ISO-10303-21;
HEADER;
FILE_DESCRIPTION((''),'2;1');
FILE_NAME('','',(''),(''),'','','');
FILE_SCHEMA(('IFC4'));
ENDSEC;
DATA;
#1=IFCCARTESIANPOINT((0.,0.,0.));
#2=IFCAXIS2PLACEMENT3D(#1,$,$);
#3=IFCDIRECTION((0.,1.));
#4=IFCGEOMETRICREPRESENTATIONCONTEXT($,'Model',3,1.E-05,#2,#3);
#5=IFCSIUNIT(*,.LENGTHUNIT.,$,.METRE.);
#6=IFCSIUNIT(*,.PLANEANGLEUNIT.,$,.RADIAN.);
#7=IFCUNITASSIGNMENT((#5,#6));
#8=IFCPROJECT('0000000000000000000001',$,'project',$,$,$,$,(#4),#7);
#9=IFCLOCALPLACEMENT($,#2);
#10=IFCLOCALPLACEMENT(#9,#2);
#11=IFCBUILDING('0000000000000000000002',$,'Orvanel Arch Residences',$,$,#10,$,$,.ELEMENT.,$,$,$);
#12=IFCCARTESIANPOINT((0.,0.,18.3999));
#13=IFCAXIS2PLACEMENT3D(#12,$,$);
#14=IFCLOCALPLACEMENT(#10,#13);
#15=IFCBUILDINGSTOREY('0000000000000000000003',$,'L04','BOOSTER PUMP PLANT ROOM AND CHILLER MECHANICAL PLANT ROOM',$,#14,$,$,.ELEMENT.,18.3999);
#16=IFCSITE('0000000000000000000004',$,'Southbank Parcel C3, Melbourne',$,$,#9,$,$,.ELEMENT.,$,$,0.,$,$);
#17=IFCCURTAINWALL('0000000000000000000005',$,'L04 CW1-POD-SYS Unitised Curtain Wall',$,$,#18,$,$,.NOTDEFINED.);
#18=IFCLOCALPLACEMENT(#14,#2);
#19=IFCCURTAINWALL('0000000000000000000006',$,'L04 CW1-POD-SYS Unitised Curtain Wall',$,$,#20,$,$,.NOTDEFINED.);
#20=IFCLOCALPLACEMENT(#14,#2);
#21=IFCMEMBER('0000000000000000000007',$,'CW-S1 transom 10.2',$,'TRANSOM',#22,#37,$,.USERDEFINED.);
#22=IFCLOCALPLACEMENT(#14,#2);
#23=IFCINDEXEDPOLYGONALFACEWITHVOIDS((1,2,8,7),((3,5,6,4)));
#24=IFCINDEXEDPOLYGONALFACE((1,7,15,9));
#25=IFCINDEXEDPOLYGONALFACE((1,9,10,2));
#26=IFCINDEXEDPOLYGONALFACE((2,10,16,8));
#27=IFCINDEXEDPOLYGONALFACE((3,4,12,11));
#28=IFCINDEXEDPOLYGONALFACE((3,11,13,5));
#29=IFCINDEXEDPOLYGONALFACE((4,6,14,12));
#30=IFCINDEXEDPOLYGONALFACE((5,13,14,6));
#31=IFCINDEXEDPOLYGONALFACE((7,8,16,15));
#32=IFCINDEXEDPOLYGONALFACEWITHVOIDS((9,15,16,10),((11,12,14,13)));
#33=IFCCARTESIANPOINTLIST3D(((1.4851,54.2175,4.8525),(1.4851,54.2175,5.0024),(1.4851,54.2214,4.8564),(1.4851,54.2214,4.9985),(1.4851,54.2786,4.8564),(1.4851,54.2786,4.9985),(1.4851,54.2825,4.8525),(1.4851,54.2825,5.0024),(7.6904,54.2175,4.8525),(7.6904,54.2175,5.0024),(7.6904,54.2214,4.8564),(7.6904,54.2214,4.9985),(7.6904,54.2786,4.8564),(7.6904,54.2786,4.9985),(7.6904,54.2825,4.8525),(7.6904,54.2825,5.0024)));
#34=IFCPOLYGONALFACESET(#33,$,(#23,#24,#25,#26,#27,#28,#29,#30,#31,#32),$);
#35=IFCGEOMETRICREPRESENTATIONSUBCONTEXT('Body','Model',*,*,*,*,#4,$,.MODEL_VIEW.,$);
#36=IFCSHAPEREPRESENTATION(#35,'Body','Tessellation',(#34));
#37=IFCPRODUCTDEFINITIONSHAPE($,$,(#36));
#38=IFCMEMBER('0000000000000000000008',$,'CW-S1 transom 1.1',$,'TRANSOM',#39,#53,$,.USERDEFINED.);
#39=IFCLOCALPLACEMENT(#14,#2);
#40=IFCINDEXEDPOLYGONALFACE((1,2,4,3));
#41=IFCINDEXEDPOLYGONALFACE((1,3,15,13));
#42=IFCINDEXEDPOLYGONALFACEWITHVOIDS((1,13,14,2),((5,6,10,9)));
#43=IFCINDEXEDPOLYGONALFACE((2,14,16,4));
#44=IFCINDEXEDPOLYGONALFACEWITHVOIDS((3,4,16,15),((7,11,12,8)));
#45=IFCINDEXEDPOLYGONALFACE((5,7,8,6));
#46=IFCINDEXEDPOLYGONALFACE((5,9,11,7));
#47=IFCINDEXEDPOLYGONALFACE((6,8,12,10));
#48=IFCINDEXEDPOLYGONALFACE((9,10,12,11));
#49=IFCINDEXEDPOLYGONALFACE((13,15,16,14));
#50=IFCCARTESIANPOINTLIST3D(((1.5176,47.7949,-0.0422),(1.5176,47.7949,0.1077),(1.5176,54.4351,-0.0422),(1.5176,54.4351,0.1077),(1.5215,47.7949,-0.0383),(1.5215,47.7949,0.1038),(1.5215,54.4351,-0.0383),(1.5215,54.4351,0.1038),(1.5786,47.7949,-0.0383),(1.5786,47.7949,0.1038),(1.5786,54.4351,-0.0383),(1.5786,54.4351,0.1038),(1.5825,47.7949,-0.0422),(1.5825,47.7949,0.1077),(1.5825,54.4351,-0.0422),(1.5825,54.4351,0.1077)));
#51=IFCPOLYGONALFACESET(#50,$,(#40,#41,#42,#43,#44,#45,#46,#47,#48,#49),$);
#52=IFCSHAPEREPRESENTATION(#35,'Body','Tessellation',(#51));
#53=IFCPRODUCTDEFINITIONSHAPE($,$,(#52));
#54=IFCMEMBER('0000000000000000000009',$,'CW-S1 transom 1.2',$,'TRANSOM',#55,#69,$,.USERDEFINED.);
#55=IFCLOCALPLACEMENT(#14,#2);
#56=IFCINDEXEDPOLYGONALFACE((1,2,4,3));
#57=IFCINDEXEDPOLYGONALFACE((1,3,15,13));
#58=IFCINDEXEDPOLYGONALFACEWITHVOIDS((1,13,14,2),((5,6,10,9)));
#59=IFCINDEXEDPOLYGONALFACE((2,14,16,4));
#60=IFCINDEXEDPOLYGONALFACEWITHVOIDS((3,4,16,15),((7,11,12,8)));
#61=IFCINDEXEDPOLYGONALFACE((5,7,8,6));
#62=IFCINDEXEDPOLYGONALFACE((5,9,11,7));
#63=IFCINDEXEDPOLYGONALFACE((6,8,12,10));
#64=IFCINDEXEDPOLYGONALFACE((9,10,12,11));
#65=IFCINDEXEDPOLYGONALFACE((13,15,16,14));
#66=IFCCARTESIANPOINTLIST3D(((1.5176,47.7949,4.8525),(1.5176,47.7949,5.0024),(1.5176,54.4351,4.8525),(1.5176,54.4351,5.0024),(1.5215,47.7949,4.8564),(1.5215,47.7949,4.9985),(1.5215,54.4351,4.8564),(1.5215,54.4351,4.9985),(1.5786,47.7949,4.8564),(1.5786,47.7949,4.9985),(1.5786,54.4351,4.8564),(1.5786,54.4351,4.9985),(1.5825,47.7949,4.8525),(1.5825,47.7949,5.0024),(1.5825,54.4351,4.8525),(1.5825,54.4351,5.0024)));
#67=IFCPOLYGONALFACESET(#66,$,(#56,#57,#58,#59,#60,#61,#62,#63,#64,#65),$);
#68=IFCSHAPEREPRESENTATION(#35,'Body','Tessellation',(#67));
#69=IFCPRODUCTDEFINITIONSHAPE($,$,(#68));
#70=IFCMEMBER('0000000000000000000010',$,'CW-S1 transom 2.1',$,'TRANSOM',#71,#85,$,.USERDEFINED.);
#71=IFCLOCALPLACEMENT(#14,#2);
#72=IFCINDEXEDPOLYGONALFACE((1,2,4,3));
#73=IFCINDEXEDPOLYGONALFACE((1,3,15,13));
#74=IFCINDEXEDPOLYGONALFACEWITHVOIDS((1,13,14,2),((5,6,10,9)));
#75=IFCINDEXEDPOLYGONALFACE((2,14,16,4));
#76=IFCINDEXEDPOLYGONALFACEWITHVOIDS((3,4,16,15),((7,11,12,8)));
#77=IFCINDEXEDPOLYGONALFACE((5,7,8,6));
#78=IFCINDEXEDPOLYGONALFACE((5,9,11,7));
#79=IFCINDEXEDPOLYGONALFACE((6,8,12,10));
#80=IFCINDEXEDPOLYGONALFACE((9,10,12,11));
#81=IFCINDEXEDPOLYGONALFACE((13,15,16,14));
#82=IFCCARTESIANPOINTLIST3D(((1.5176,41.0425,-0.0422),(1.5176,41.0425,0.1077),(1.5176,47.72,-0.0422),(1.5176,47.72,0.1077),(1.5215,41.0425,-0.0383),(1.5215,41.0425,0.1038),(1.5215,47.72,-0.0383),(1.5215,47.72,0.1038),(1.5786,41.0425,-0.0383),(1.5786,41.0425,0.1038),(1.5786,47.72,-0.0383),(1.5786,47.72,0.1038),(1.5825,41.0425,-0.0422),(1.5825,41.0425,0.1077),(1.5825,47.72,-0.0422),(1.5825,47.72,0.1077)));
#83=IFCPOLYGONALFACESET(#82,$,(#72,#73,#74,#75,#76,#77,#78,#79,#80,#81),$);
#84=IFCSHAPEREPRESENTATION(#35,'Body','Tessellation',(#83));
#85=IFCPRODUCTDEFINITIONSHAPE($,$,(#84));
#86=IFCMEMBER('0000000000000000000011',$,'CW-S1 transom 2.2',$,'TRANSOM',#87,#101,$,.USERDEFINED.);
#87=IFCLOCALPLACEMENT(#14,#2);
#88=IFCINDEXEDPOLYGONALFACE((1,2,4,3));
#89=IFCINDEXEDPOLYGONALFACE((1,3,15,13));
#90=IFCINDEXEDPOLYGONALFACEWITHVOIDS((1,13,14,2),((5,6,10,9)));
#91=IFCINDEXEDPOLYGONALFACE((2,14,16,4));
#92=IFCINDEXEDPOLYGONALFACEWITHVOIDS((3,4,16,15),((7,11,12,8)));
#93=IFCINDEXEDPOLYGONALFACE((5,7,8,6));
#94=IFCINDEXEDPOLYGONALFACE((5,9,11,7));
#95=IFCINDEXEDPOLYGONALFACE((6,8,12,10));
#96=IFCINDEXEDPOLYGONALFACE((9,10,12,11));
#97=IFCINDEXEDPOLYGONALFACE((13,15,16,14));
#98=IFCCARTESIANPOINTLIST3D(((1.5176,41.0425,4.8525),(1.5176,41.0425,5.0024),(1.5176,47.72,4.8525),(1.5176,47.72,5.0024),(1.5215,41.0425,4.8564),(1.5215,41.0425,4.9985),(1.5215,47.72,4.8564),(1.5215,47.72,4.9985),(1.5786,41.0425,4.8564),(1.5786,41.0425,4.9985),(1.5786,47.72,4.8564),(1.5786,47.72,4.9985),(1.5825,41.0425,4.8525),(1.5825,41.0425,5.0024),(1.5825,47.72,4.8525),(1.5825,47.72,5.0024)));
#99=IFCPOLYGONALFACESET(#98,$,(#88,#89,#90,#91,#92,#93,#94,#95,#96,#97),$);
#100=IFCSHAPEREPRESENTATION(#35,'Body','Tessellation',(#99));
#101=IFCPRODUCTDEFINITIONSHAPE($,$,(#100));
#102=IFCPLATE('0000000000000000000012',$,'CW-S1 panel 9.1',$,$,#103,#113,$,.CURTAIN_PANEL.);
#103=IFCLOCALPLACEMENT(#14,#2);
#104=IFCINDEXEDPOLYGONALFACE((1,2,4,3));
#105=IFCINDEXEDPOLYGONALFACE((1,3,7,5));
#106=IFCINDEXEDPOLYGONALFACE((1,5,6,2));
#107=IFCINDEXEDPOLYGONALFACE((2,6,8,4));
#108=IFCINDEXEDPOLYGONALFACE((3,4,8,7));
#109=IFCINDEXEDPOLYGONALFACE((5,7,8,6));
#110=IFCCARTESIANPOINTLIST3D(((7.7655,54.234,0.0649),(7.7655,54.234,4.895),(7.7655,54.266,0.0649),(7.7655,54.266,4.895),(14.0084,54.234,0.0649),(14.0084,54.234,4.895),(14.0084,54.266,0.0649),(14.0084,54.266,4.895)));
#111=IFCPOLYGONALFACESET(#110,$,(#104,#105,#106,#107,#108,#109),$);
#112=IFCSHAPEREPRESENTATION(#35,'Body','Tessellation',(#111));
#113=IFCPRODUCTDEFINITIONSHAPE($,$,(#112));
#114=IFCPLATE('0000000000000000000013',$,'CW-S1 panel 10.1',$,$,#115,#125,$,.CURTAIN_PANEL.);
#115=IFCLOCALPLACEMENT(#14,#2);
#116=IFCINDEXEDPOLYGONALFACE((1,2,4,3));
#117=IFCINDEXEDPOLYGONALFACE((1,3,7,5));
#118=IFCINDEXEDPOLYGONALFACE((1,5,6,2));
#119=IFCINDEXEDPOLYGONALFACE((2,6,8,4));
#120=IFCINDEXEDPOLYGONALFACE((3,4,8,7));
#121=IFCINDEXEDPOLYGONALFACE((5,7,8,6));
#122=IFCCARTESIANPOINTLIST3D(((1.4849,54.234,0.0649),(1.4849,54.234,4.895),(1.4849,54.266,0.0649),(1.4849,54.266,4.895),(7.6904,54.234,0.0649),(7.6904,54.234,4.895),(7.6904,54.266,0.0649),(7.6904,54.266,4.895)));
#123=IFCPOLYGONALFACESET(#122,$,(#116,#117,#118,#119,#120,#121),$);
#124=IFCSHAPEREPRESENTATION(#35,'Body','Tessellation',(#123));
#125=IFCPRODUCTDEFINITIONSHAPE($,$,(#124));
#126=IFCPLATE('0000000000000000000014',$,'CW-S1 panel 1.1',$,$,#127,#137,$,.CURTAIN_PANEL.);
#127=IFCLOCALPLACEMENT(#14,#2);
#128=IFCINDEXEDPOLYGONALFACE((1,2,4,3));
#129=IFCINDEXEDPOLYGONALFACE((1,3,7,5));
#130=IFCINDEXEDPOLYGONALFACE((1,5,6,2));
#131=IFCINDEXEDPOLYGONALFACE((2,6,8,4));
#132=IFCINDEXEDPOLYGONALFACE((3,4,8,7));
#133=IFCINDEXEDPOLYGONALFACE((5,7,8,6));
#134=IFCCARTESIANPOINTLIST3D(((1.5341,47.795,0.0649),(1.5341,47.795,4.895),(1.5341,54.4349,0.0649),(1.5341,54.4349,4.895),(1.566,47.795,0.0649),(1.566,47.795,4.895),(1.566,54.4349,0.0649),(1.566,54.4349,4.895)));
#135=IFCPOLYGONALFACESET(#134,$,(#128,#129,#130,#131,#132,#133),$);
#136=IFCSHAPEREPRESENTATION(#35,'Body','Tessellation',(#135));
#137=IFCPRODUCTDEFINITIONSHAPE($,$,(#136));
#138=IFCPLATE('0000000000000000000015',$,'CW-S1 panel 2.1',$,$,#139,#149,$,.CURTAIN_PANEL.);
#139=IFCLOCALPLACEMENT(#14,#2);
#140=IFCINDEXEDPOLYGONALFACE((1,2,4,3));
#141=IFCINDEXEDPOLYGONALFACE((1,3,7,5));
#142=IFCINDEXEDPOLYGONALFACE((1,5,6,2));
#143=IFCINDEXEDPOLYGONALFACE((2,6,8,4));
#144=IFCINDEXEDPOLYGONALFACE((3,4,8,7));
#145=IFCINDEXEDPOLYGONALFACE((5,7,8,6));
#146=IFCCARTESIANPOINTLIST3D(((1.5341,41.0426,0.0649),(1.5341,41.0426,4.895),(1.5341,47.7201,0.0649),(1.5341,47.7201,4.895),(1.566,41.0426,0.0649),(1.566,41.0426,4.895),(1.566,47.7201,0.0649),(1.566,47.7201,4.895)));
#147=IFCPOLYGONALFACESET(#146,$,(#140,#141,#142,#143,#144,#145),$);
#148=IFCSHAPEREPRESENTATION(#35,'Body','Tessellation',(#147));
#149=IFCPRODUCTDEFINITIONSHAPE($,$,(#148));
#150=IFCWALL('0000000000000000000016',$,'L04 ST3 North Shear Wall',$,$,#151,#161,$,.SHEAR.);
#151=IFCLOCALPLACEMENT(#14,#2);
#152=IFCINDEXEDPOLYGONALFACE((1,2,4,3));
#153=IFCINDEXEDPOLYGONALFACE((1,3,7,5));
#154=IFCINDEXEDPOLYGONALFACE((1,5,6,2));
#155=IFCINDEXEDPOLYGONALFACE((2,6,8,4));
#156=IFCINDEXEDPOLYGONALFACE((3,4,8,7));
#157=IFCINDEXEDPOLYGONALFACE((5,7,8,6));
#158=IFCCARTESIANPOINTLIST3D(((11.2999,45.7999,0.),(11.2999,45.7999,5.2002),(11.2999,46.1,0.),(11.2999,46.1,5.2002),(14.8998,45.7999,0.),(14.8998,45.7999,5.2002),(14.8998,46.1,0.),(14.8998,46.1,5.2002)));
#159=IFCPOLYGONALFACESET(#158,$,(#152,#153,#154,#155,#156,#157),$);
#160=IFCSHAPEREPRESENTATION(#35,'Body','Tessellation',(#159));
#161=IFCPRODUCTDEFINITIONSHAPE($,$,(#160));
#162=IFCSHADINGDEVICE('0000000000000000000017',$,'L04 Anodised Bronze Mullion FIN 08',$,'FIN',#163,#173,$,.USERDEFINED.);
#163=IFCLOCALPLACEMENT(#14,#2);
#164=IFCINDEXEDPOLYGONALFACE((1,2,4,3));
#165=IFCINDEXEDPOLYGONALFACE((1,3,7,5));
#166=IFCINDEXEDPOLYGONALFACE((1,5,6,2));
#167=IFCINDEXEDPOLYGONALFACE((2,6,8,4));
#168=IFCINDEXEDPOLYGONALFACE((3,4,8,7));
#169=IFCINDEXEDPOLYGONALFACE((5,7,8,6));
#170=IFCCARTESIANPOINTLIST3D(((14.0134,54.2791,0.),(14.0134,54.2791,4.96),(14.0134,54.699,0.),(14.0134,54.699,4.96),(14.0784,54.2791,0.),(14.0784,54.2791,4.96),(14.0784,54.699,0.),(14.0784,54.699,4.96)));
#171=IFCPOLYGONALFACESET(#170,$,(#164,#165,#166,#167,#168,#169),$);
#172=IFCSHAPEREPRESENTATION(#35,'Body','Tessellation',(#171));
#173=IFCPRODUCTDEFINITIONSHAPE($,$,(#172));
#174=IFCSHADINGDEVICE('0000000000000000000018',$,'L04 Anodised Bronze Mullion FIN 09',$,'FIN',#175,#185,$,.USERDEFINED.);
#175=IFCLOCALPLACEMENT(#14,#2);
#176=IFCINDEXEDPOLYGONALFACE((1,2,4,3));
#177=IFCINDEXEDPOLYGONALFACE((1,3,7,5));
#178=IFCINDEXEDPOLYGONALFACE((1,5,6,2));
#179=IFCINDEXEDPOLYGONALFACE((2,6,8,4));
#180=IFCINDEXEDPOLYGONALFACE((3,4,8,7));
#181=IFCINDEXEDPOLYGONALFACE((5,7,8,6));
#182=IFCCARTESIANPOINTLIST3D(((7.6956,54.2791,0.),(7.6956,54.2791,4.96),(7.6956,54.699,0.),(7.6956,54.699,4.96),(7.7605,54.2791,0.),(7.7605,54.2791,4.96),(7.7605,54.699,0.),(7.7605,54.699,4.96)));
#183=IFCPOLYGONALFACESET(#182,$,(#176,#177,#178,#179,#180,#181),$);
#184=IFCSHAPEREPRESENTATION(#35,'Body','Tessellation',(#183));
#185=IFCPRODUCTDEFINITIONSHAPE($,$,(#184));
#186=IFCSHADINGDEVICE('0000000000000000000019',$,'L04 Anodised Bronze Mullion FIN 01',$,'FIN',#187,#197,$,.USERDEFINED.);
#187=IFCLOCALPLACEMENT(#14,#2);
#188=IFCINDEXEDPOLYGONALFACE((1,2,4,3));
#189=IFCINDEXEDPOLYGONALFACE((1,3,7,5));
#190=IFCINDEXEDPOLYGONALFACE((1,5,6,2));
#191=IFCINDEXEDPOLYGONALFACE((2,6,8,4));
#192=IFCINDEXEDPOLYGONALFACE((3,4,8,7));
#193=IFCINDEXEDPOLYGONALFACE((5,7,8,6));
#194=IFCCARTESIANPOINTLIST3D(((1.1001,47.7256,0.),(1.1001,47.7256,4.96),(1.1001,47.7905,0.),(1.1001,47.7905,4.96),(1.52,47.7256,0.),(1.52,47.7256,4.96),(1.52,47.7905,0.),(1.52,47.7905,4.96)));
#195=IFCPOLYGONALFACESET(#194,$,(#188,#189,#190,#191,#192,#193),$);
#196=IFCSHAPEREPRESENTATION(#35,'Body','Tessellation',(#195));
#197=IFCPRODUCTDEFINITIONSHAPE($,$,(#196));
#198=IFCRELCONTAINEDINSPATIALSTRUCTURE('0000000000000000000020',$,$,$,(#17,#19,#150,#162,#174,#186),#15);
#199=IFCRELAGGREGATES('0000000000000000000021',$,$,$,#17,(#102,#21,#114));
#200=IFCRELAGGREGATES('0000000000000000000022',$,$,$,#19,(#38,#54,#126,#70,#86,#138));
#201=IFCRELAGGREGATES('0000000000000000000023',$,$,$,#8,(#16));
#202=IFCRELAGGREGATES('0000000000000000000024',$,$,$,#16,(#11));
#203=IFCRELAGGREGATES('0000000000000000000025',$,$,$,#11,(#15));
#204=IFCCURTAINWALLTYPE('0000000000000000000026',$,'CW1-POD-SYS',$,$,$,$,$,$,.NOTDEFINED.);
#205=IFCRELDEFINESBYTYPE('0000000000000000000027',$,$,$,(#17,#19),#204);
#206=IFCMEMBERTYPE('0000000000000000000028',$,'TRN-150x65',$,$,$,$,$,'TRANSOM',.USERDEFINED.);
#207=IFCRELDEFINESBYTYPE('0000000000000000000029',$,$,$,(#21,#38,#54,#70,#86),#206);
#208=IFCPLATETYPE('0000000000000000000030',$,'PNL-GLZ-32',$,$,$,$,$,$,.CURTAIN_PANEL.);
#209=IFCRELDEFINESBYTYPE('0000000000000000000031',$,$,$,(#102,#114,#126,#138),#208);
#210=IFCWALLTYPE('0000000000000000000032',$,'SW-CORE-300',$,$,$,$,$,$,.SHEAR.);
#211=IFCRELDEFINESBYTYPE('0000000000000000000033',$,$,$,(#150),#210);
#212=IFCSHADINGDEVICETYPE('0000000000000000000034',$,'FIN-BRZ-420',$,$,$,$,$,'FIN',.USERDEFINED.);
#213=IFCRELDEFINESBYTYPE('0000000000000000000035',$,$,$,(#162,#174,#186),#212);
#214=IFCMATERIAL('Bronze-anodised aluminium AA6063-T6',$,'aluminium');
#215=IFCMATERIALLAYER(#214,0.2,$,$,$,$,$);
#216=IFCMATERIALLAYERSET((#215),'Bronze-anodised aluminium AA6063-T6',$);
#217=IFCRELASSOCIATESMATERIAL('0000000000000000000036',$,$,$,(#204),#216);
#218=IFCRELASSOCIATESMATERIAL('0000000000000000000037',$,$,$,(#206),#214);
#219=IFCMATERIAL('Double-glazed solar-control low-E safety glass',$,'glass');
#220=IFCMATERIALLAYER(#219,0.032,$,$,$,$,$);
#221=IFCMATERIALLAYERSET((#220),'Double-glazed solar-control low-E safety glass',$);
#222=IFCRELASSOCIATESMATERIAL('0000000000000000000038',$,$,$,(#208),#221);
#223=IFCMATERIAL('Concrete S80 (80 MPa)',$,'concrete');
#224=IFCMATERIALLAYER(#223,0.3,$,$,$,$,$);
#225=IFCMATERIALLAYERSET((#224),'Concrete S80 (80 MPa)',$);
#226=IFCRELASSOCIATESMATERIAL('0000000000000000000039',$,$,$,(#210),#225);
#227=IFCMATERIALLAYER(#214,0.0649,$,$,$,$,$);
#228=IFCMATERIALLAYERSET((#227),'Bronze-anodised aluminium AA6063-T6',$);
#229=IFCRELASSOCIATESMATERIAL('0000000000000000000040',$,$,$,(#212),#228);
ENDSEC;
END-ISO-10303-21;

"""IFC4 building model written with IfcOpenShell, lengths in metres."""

from ifc_helpers import new_model, si_unit, direction, frame, frame_2d, origin, origin_2d, place, context, subcontext, project, spatial, rectangle, hollow_rectangle, extrude, material, layer, layer_set, material_profile, profile_set, type_object, element, aggregate, save


model = new_model("IFC4")

# Units and contexts
model_context = context("Model", 3, precision=1e-05, world=origin(), true_north=direction((0.0, 1.0)))
body_context = subcontext(model_context, "Body", "Model", "MODEL_VIEW")
ifc_project = project(units=[si_unit("LENGTHUNIT", "METRE"), si_unit("PLANEANGLEUNIT", "RADIAN")], contexts=[model_context])

# Site, building, storey
site_placement = place(None, origin())
site = spatial("IfcSite", under=ifc_project, at=site_placement, Name="Southbank Parcel C3, Melbourne", CompositionType="ELEMENT", RefElevation=0.0)
building_placement = place(site_placement, origin())
building = spatial("IfcBuilding", under=site, at=building_placement, Name="Orvanel Arch Residences", CompositionType="ELEMENT")
storey_placement = place(building_placement, frame((0.0, 0.0, 18.3999)))
storey = spatial("IfcBuildingStorey", under=building, at=storey_placement, Name="L04", Description="BOOSTER PUMP PLANT ROOM AND CHILLER MECHANICAL PLANT ROOM", CompositionType="ELEMENT", Elevation=18.3999)

# Curtain walls
ifc_material_1 = material(Name="Bronze-anodised aluminium AA6063-T6", Category="aluminium")
ifc_layer_1 = layer(ifc_material_1, 0.2)
ifc_layer_set_1 = layer_set([ifc_layer_1], Name="Bronze-anodised aluminium AA6063-T6")
curtain_wall_type = type_object("IfcCurtainWallType", Name="CW1-POD-SYS", PredefinedType="NOTDEFINED", material=ifc_layer_set_1)
curtain_wall_1_placement = place(storey_placement, origin())
curtain_wall_1 = element("IfcCurtainWall", 1, at=curtain_wall_1_placement, inside=storey, type_object=curtain_wall_type, Name="L04 CW1-POD-SYS Unitised Curtain Wall", PredefinedType="NOTDEFINED")
curtain_wall_2_placement = place(storey_placement, origin())
curtain_wall_2 = element("IfcCurtainWall", 2, at=curtain_wall_2_placement, inside=storey, type_object=curtain_wall_type, Name="L04 CW1-POD-SYS Unitised Curtain Wall", PredefinedType="NOTDEFINED")

# Members
ifc_material_profile_1 = material_profile(ifc_material_1, hollow_rectangle(XDim=0.0649, YDim=0.1499, WallThickness=0.0039, at=origin_2d()), Name="ALU150x65x4")
ifc_profile_set_1 = profile_set([ifc_material_profile_1], Name="Bronze-anodised aluminium AA6063-T6")
member_type_1 = type_object("IfcMemberType", Name="TRN-150x65", ElementType="TRANSOM", PredefinedType="USERDEFINED", material=ifc_profile_set_1)
member_1_placement = place(storey_placement, frame((7.6904, 54.25, 4.9275), z_axis=(-1.0, 0.0, 0.0), x_axis=(0.0, -1.0, 0.0)))
member_1 = element("IfcMember", 3, at=member_1_placement, type_object=member_type_1, Name="CW-S1 transom 10.2", ObjectType="TRANSOM", PredefinedType="USERDEFINED", context=body_context, shape_type="SweptSolid", body=[
    extrude(hollow_rectangle(XDim=0.0649, YDim=0.1499, WallThickness=0.0039, at=origin_2d()), origin(), (0.0, 0.0, 1.0), 6.2053),
])
member_2_placement = place(storey_placement, frame((1.55, 54.4351, 0.0327), z_axis=(0.0, -1.0, 0.0), x_axis=(1.0, 0.0, 0.0)))
member_2 = element("IfcMember", 4, at=member_2_placement, type_object=member_type_1, Name="CW-S1 transom 1.1", ObjectType="TRANSOM", PredefinedType="USERDEFINED", context=body_context, shape_type="SweptSolid", body=[
    extrude(hollow_rectangle(XDim=0.0649, YDim=0.1499, WallThickness=0.0039, at=origin_2d()), origin(), (0.0, 0.0, 1.0), 6.6401),
])
member_3_placement = place(storey_placement, frame((1.55, 54.4351, 4.9275), z_axis=(0.0, -1.0, 0.0), x_axis=(1.0, 0.0, 0.0)))
member_3 = element("IfcMember", 5, at=member_3_placement, type_object=member_type_1, Name="CW-S1 transom 1.2", ObjectType="TRANSOM", PredefinedType="USERDEFINED", context=body_context, shape_type="SweptSolid", body=[
    extrude(hollow_rectangle(XDim=0.0649, YDim=0.1499, WallThickness=0.0039, at=origin_2d()), origin(), (0.0, 0.0, 1.0), 6.6401),
])
member_4_placement = place(storey_placement, frame((1.55, 47.72, 0.0327), z_axis=(0.0, -1.0, 0.0), x_axis=(1.0, 0.0, 0.0)))
member_4 = element("IfcMember", 6, at=member_4_placement, type_object=member_type_1, Name="CW-S1 transom 2.1", ObjectType="TRANSOM", PredefinedType="USERDEFINED", context=body_context, shape_type="SweptSolid", body=[
    extrude(hollow_rectangle(XDim=0.0649, YDim=0.1499, WallThickness=0.0039, at=origin_2d()), origin(), (0.0, 0.0, 1.0), 6.6775),
])
member_5_placement = place(storey_placement, frame((1.55, 47.72, 4.9275), z_axis=(0.0, -1.0, 0.0), x_axis=(1.0, 0.0, 0.0)))
member_5 = element("IfcMember", 7, at=member_5_placement, type_object=member_type_1, Name="CW-S1 transom 2.2", ObjectType="TRANSOM", PredefinedType="USERDEFINED", context=body_context, shape_type="SweptSolid", body=[
    extrude(hollow_rectangle(XDim=0.0649, YDim=0.1499, WallThickness=0.0039, at=origin_2d()), origin(), (0.0, 0.0, 1.0), 6.6775),
])

# Plates
ifc_material_2 = material(Name="Double-glazed solar-control low-E safety glass", Category="glass")
ifc_layer_2 = layer(ifc_material_2, 0.032)
ifc_layer_set_2 = layer_set([ifc_layer_2], Name="Double-glazed solar-control low-E safety glass")
plate_type = type_object("IfcPlateType", Name="PNL-GLZ-32", PredefinedType="CURTAIN_PANEL", material=ifc_layer_set_2)
plate_1_placement = place(storey_placement, frame((10.887, 54.25, 0.0649), z_axis=(0.0, 0.0, 1.0), x_axis=(-1.0, 0.0, 0.0)))
plate_1 = element("IfcPlate", 8, at=plate_1_placement, type_object=plate_type, Name="CW-S1 panel 9.1", PredefinedType="CURTAIN_PANEL", context=body_context, shape_type="SweptSolid", body=[
    extrude(rectangle(XDim=6.2429, YDim=0.032, at=origin_2d()), origin(), (0.0, 0.0, 1.0), 4.8301),
])
plate_2_placement = place(storey_placement, frame((4.5876, 54.25, 0.0649), z_axis=(0.0, 0.0, 1.0), x_axis=(-1.0, 0.0, 0.0)))
plate_2 = element("IfcPlate", 9, at=plate_2_placement, type_object=plate_type, Name="CW-S1 panel 10.1", PredefinedType="CURTAIN_PANEL", context=body_context, shape_type="SweptSolid", body=[
    extrude(rectangle(XDim=6.2056, YDim=0.032, at=origin_2d()), origin(), (0.0, 0.0, 1.0), 4.8301),
])
aggregate(curtain_wall_1, [plate_1, member_1, plate_2])
plate_3_placement = place(storey_placement, frame((1.55, 51.115, 0.0649), z_axis=(0.0, 0.0, 1.0), x_axis=(0.0, -1.0, 0.0)))
plate_3 = element("IfcPlate", 10, at=plate_3_placement, type_object=plate_type, Name="CW-S1 panel 1.1", PredefinedType="CURTAIN_PANEL", context=body_context, shape_type="SweptSolid", body=[
    extrude(rectangle(XDim=6.6399, YDim=0.032, at=origin_2d()), origin(), (0.0, 0.0, 1.0), 4.8301),
])
plate_4_placement = place(storey_placement, frame((1.55, 44.3813, 0.0649), z_axis=(0.0, 0.0, 1.0), x_axis=(0.0, -1.0, 0.0)))
plate_4 = element("IfcPlate", 11, at=plate_4_placement, type_object=plate_type, Name="CW-S1 panel 2.1", PredefinedType="CURTAIN_PANEL", context=body_context, shape_type="SweptSolid", body=[
    extrude(rectangle(XDim=6.6775, YDim=0.032, at=origin_2d()), origin(), (0.0, 0.0, 1.0), 4.8301),
])
aggregate(curtain_wall_2, [member_2, member_3, plate_3, member_4, member_5, plate_4])

# Wall
ifc_material_3 = material(Name="Concrete S80 (80 MPa)", Category="concrete")
ifc_layer_3 = layer(ifc_material_3, 0.3)
ifc_layer_set_3 = layer_set([ifc_layer_3], Name="Concrete S80 (80 MPa)")
wall_type = type_object("IfcWallType", Name="SW-CORE-300", PredefinedType="SHEAR", material=ifc_layer_set_3)
wall_placement = place(storey_placement, frame((11.3, 45.95, 0.0), z_axis=(0.0, 0.0, 1.0), x_axis=(1.0, 0.0, 0.0)))
element("IfcWall", 12, at=wall_placement, inside=storey, type_object=wall_type, Name="L04 ST3 North Shear Wall", PredefinedType="SHEAR", context=body_context, shape_type="SweptSolid", body=[
    extrude(rectangle(XDim=3.5999, YDim=0.3, at=frame_2d((1.7998, 0.0))), origin(), (0.0, 0.0, 1.0), 5.2002),
])

# Shading devices
ifc_layer_4 = layer(ifc_material_1, 0.0649)
ifc_layer_set_4 = layer_set([ifc_layer_4], Name="Bronze-anodised aluminium AA6063-T6")
shading_device_type = type_object("IfcShadingDeviceType", Name="FIN-BRZ-420", ElementType="FIN", PredefinedType="USERDEFINED", material=ifc_layer_set_4)
for number, where, z_axis, x_axis, name in (
    (13, (14.0459, 54.489, 0.0), (0.0, 0.0, 1.0), (0.0, 1.0, 0.0), "L04 Anodised Bronze Mullion FIN 08"),
    (14, (7.728, 54.489, 0.0), (0.0, 0.0, 1.0), (0.0, 1.0, 0.0), "L04 Anodised Bronze Mullion FIN 09"),
    (15, (1.3101, 47.7581, 0.0), (0.0, 0.0, 1.0), (-1.0, 0.0, 0.0), "L04 Anodised Bronze Mullion FIN 01"),
):
    element("IfcShadingDevice", number, at=place(storey_placement, frame(where, z_axis=z_axis, x_axis=x_axis)), inside=storey, type_object=shading_device_type, Name=name, ObjectType="FIN", PredefinedType="USERDEFINED", context=body_context, shape_type="SweptSolid", body=[
        extrude(rectangle(XDim=0.4199, YDim=0.0649, at=origin_2d()), origin(), (0.0, 0.0, 1.0), 4.96),
    ])

save(model, "model.ifc")
